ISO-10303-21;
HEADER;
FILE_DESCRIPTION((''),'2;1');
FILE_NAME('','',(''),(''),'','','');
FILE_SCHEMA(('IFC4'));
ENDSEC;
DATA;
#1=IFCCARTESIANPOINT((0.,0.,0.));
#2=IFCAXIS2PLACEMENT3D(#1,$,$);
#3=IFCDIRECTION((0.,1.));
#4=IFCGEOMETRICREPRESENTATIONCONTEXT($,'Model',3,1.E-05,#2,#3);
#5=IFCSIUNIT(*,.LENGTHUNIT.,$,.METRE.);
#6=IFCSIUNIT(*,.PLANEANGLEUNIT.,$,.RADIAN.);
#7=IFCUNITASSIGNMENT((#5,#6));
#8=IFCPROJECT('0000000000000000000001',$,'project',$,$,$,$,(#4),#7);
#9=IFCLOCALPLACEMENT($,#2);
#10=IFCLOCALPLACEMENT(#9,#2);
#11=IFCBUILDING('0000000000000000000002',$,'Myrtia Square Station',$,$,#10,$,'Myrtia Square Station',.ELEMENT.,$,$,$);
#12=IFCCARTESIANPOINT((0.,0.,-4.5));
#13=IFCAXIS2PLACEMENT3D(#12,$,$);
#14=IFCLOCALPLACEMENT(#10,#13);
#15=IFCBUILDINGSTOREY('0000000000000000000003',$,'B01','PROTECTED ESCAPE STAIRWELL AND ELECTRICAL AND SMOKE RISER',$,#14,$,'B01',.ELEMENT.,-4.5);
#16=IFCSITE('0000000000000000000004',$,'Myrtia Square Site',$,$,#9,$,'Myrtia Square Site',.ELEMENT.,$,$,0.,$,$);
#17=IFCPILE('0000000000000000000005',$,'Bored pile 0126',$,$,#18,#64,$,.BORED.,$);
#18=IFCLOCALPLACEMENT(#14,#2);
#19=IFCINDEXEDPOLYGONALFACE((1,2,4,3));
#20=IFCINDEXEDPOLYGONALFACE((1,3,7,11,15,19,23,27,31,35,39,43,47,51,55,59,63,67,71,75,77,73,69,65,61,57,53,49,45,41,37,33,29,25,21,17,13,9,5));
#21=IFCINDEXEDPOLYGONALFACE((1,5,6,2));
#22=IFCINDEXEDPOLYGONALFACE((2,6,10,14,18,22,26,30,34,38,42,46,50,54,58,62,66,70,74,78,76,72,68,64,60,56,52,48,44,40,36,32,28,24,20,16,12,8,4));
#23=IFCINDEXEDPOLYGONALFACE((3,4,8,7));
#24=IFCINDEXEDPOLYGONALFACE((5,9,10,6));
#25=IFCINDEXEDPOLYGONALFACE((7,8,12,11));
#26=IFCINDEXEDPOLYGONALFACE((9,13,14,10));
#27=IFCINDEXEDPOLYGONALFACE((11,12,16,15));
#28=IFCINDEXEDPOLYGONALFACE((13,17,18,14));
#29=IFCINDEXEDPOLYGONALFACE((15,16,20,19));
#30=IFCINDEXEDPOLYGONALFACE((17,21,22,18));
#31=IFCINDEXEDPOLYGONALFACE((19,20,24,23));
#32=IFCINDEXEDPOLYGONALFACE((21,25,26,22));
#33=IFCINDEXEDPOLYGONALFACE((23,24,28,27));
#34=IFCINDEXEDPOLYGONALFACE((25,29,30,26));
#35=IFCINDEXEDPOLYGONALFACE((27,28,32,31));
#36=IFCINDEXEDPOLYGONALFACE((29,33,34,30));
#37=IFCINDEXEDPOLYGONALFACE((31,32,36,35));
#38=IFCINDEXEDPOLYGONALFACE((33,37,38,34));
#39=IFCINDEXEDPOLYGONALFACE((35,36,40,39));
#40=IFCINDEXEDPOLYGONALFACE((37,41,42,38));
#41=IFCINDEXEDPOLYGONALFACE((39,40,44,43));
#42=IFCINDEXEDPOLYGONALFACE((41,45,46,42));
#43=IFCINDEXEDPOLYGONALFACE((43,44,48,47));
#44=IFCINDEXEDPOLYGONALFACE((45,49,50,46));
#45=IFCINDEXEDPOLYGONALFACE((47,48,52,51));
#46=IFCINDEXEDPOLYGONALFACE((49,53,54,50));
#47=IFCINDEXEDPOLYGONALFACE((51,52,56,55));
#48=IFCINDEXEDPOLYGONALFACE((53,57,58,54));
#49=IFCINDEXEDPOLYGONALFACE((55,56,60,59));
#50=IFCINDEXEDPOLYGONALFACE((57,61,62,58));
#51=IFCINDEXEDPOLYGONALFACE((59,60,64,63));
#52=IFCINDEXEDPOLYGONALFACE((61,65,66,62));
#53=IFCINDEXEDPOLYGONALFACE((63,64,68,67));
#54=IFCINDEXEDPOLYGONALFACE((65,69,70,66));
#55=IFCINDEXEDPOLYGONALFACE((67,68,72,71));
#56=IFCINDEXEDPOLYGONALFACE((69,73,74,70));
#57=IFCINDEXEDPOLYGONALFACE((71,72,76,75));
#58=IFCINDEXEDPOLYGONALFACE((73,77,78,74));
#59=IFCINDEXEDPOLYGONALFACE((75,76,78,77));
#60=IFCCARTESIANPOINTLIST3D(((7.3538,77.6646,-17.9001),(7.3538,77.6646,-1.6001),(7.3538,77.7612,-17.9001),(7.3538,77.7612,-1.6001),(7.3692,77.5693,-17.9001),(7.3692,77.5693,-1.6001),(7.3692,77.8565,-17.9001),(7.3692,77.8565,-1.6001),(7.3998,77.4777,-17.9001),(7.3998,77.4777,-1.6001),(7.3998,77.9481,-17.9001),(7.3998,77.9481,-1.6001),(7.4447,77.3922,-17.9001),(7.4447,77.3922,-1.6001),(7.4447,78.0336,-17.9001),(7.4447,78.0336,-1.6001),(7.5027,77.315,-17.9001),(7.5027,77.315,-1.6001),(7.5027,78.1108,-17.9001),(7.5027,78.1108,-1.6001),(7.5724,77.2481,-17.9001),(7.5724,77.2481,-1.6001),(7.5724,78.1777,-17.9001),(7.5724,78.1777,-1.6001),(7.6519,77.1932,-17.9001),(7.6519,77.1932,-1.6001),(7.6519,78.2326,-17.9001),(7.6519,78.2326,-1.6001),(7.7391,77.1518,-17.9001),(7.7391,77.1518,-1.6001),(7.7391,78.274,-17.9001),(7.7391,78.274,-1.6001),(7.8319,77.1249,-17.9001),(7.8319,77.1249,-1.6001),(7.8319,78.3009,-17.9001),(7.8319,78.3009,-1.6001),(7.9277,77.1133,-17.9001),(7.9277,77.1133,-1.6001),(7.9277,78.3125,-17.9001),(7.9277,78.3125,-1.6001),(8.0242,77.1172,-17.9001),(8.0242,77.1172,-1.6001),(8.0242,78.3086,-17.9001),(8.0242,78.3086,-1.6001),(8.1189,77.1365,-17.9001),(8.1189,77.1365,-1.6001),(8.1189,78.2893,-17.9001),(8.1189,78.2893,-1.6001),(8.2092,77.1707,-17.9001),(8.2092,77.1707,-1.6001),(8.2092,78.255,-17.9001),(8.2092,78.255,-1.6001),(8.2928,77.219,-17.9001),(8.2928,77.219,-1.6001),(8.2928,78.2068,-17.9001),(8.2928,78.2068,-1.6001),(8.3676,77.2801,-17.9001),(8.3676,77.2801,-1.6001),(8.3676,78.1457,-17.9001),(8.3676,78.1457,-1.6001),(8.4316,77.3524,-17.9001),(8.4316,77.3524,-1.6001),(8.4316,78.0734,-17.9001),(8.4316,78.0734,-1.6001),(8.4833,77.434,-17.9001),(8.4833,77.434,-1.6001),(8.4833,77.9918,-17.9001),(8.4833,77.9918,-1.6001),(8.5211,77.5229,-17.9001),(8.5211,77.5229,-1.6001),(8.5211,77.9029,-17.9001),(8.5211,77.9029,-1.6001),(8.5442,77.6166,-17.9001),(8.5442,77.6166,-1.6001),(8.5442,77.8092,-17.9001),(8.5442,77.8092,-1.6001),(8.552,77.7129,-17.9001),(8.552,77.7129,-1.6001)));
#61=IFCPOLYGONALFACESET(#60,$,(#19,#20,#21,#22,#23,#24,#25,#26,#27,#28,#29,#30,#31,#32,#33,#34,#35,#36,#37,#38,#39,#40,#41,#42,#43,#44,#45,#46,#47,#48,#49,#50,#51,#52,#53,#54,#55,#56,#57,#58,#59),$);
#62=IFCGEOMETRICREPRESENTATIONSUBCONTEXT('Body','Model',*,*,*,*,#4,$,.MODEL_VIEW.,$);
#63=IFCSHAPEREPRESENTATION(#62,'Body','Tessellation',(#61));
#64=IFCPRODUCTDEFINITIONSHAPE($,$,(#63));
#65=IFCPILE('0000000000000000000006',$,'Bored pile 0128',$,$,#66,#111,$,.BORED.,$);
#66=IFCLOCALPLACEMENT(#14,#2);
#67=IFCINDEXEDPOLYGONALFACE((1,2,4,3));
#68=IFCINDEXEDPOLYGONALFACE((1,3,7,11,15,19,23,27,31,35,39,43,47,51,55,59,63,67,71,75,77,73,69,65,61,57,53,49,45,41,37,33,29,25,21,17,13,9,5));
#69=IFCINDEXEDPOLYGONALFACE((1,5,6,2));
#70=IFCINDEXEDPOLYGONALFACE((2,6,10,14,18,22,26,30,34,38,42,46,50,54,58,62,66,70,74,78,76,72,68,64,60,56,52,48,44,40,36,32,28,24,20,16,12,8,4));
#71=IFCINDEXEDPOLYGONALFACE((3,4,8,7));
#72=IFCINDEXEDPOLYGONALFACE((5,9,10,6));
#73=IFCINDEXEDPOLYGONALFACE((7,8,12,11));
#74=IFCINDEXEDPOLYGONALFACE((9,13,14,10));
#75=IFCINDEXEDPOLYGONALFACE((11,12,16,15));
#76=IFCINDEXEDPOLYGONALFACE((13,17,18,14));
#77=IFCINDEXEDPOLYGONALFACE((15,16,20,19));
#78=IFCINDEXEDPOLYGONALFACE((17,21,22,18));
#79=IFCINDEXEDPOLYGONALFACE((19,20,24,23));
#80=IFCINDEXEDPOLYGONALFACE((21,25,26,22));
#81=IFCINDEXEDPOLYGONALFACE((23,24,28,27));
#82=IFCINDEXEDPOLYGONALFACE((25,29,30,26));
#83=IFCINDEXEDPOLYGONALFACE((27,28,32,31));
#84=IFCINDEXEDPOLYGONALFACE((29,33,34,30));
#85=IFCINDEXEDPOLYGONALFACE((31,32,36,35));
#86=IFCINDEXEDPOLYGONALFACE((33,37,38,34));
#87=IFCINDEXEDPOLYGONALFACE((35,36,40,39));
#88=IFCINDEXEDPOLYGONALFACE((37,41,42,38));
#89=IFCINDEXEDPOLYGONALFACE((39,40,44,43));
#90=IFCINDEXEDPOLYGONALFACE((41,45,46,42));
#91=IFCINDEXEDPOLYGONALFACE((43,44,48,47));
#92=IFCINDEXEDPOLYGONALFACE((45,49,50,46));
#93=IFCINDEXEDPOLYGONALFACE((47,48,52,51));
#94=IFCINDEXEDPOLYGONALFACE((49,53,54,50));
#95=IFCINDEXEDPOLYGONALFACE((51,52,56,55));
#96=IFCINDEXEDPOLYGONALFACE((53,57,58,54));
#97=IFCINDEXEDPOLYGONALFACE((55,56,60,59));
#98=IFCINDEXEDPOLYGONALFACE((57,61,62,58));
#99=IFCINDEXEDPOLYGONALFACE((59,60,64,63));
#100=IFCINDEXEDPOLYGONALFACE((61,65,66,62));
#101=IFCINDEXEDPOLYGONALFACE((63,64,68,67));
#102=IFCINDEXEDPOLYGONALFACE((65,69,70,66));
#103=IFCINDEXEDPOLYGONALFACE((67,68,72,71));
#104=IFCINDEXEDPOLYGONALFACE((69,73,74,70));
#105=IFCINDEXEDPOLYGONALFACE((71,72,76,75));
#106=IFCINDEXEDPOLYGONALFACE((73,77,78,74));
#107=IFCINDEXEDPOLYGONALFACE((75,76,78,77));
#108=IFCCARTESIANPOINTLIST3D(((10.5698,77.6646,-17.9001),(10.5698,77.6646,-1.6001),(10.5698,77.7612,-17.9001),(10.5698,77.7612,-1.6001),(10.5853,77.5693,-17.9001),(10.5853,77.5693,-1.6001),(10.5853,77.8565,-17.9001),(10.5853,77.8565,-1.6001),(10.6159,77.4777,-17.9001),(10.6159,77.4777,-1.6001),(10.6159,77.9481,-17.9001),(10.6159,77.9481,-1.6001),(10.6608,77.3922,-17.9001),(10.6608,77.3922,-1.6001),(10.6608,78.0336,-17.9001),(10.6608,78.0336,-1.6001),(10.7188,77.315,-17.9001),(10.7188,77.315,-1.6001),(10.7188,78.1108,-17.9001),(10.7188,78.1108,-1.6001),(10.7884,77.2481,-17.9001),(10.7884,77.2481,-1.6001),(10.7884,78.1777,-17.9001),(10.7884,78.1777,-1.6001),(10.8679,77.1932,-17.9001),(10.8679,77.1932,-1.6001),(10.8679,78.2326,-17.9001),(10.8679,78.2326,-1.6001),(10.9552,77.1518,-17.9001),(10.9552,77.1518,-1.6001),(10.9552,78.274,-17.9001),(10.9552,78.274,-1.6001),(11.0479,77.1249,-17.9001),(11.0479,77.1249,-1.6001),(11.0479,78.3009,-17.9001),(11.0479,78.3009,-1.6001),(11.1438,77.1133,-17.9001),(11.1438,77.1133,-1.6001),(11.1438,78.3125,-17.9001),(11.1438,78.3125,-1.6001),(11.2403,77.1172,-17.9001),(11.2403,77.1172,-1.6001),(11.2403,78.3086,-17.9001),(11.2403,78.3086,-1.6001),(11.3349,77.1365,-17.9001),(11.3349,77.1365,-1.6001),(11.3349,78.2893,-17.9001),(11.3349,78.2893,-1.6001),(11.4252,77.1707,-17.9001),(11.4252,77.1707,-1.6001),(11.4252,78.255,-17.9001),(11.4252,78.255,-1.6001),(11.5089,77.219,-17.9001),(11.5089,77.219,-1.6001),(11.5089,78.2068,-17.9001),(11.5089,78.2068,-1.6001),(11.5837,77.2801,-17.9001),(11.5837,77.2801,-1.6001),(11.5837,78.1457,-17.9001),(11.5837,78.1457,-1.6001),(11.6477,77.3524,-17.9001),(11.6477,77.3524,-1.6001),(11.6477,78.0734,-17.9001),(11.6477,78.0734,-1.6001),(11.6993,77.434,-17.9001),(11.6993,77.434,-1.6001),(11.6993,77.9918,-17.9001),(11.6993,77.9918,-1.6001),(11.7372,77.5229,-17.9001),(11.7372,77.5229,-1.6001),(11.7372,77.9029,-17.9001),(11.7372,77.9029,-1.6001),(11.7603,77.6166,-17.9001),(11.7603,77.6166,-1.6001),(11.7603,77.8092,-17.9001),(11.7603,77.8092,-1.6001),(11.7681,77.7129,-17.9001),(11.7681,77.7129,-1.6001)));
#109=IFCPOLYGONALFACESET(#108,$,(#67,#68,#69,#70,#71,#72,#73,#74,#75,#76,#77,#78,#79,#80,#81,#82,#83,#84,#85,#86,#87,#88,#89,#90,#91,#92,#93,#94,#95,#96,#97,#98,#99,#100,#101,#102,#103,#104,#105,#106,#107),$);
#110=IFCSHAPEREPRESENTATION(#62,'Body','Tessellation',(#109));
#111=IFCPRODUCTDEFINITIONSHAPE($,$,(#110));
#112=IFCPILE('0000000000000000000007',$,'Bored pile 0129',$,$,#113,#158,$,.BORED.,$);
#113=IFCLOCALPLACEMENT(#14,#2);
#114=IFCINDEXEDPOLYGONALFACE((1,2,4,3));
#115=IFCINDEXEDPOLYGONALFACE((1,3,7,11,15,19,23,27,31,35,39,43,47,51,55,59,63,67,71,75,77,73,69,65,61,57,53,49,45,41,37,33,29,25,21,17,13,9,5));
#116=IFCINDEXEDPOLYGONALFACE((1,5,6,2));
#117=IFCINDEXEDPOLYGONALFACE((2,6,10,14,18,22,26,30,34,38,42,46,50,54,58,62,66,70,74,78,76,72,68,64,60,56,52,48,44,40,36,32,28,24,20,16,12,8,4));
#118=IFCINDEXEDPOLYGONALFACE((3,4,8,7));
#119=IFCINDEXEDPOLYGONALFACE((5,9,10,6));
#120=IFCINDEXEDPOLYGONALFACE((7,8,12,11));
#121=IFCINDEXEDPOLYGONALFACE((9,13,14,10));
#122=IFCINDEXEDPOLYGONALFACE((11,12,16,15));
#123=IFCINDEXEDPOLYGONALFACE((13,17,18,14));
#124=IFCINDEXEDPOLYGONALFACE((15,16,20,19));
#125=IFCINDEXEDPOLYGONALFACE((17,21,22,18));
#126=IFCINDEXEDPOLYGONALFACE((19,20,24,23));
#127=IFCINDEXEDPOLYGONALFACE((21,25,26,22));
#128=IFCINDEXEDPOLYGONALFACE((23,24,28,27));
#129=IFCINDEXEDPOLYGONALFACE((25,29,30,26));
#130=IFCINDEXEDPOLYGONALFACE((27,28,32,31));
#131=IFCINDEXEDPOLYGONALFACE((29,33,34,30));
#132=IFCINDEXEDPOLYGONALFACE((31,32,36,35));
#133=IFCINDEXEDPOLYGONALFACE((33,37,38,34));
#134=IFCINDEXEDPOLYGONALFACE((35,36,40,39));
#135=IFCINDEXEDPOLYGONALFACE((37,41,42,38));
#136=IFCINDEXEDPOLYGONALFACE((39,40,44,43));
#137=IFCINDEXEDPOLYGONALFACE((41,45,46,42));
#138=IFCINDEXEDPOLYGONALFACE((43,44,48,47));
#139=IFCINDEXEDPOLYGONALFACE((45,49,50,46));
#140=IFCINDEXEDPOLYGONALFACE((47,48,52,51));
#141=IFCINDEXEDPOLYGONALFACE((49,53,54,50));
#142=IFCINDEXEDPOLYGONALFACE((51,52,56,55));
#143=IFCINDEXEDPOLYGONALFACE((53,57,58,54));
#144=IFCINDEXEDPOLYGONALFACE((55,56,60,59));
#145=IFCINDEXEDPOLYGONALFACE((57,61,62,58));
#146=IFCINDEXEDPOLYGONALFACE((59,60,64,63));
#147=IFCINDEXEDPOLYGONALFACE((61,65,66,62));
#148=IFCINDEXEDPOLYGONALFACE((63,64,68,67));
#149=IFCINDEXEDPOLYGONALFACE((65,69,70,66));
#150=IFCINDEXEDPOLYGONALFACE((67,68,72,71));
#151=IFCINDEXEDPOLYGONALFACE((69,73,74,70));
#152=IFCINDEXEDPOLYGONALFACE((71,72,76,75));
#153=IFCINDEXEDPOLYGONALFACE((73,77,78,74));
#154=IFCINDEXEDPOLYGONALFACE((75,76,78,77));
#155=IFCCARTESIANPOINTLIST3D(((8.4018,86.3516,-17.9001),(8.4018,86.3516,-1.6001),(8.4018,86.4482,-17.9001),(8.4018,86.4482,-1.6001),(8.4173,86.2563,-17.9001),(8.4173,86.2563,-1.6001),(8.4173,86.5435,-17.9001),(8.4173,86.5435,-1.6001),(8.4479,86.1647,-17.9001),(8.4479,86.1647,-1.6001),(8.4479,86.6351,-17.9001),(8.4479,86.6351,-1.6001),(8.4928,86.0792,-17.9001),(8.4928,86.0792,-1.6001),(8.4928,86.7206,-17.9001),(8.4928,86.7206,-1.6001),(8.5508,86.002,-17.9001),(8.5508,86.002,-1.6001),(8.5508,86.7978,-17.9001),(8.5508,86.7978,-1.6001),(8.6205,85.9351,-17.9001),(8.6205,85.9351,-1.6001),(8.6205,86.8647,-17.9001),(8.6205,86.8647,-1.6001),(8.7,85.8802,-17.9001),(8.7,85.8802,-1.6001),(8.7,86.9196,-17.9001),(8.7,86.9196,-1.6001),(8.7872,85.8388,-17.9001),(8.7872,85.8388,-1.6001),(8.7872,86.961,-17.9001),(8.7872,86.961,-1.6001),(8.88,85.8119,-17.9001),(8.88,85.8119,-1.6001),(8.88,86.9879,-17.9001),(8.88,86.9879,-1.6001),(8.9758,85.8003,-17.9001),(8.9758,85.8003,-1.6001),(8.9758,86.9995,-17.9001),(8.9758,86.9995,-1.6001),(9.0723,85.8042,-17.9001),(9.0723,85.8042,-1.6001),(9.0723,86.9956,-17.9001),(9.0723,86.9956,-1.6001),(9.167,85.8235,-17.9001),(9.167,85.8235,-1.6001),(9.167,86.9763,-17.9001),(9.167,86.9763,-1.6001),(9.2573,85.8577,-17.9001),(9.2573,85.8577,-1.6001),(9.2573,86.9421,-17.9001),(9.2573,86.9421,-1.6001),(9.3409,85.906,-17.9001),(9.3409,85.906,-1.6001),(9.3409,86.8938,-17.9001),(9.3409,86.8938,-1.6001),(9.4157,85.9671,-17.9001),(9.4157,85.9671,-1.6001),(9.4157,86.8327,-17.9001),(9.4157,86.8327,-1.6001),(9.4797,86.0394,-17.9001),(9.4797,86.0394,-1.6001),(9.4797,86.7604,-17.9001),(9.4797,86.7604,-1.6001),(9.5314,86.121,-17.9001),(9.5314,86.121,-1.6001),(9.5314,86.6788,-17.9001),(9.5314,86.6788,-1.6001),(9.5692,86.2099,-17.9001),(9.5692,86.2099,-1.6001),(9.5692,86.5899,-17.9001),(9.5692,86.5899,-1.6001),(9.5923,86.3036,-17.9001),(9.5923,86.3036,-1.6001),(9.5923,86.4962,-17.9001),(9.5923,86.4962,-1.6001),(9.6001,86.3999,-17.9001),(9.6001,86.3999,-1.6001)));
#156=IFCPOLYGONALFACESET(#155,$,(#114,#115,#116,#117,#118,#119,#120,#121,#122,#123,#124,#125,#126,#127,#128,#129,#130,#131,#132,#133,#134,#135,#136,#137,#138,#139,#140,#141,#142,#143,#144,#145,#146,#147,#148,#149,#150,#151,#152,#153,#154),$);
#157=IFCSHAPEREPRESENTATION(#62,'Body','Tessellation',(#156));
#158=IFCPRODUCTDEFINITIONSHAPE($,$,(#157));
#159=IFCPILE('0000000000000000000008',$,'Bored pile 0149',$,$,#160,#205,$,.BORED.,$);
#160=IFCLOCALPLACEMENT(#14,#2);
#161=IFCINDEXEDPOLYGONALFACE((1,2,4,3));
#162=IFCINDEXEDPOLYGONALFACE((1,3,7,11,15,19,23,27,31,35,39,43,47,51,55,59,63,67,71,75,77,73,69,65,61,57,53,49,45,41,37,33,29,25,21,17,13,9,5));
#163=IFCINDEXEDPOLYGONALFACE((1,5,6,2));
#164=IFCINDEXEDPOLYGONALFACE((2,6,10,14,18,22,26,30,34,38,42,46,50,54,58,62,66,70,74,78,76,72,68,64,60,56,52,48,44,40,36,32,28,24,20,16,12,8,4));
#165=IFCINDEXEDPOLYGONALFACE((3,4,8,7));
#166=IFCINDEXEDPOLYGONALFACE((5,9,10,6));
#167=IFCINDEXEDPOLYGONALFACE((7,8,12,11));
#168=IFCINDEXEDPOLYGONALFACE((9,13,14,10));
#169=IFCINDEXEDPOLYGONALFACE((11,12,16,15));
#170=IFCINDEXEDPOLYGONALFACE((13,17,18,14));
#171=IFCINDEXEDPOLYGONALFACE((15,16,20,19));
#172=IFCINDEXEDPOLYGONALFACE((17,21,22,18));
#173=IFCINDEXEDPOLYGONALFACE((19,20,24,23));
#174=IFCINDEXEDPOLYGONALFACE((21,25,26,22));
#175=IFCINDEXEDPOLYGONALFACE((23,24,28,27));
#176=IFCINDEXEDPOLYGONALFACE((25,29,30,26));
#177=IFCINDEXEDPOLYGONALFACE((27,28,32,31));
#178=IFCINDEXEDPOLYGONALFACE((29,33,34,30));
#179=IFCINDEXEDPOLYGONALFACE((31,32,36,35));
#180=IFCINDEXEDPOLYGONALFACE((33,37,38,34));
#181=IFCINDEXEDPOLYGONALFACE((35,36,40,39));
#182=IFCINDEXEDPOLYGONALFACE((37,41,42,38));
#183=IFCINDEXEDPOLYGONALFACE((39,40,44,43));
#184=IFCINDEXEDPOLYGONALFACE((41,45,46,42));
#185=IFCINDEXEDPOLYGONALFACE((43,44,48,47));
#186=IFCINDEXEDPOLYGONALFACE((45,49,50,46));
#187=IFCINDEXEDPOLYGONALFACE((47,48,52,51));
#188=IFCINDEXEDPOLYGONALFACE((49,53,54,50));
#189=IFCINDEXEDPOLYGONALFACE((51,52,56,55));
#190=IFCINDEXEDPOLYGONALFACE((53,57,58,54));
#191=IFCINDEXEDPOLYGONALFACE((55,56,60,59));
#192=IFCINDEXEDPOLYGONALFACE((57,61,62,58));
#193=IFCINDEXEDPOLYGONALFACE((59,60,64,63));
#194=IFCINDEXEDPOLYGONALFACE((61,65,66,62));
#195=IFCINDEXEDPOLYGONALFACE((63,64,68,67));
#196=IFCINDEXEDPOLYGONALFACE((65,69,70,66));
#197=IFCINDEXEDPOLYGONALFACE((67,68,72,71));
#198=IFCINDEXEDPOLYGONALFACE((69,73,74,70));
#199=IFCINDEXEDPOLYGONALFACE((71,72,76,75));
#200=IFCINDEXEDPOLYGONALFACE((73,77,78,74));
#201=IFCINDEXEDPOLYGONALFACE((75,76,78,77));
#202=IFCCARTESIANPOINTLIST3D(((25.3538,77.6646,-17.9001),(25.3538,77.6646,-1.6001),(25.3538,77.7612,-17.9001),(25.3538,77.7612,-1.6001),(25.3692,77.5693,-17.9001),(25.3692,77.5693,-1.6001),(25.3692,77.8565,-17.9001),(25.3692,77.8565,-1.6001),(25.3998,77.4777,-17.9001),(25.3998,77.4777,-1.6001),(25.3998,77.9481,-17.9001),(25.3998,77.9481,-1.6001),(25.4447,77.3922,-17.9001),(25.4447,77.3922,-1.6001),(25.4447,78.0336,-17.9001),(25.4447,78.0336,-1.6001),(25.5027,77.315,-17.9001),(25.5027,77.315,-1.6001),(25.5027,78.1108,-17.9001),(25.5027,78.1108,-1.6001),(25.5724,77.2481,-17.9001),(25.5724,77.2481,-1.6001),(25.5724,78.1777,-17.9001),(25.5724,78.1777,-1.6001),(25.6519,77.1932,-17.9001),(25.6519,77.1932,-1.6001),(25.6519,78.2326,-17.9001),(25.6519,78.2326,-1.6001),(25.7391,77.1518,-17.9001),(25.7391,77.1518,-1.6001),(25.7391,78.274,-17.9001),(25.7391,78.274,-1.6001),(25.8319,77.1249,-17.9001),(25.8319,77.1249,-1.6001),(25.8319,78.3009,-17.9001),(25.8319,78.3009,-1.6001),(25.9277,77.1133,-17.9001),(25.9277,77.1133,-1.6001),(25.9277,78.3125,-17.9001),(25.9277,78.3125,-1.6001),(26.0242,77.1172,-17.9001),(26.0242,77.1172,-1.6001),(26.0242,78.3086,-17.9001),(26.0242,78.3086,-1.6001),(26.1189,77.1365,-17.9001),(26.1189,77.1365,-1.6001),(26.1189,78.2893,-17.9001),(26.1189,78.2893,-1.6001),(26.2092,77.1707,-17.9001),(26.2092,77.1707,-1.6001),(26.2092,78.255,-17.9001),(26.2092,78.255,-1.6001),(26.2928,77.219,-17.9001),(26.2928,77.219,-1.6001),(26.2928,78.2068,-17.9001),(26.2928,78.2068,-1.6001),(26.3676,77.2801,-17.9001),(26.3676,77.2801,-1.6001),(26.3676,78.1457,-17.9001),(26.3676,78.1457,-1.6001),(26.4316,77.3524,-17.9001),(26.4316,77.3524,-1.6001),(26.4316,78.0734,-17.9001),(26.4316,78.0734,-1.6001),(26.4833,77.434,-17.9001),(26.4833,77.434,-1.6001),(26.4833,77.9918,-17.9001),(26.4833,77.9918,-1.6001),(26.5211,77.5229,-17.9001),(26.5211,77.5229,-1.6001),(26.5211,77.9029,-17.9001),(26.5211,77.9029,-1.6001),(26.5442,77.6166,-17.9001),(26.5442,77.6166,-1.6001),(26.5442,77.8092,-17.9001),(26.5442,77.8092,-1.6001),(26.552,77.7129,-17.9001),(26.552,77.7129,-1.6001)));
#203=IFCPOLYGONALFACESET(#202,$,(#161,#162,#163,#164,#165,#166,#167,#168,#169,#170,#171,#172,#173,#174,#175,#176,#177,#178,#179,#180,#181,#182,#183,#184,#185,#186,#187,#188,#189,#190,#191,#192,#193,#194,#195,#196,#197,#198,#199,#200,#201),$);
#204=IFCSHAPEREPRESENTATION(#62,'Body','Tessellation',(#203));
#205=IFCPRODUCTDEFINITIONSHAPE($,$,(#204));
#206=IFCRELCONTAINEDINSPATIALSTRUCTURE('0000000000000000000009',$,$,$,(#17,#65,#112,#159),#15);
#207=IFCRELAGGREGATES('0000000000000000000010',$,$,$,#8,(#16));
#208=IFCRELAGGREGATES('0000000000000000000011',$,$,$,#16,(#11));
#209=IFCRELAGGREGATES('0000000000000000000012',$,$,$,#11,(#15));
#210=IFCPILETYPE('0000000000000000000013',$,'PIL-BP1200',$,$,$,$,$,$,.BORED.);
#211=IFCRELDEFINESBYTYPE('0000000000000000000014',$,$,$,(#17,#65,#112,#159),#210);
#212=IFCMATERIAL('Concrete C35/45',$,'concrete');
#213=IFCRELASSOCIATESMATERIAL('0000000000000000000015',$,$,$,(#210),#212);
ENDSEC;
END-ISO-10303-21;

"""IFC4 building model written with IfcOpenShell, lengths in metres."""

from ifc_helpers import new_model, si_unit, direction, frame, origin, origin_2d, place, context, subcontext, project, spatial, circle, extrude, material, material_profile, profile_set, type_object, element, save


model = new_model("IFC4")

# Units and contexts
model_context = context("Model", 3, precision=1e-05, world=origin(), true_north=direction((0.0, 1.0)))
body_context = subcontext(model_context, "Body", "Model", "MODEL_VIEW")
ifc_project = project(units=[si_unit("LENGTHUNIT", "METRE"), si_unit("PLANEANGLEUNIT", "RADIAN")], contexts=[model_context])

# Site, building, storey
site_placement = place(None, origin())
site = spatial("IfcSite", under=ifc_project, at=site_placement, Name="Myrtia Square Site", LongName="Myrtia Square Site", CompositionType="ELEMENT", RefElevation=0.0)
building_placement = place(site_placement, origin())
building = spatial("IfcBuilding", under=site, at=building_placement, Name="Myrtia Square Station", LongName="Myrtia Square Station", CompositionType="ELEMENT")
storey_placement = place(building_placement, frame((0.0, 0.0, -4.5)))
storey = spatial("IfcBuildingStorey", under=building, at=storey_placement, Name="B01", Description="PROTECTED ESCAPE STAIRWELL AND ELECTRICAL AND SMOKE RISER", LongName="B01", CompositionType="ELEMENT", Elevation=-4.5)

# Shared definitions
ifc_material_1 = material(Name="Concrete C35/45", Category="concrete")

# Piles
ifc_material_profile_1 = material_profile(ifc_material_1, circle(Radius=0.6001, at=origin_2d()), Name="BP D1200")
ifc_profile_set_1 = profile_set([ifc_material_profile_1], Name="Concrete C35/45")
pile_type_1 = type_object("IfcPileType", Name="PIL-BP1200", PredefinedType="BORED", material=ifc_profile_set_1)
for number, where, z_axis, x_axis, name in (
    (1, (7.9519, 77.7129, -1.6001), (0.0, 0.0, -1.0), (1.0, 0.0, 0.0), "Bored pile 0126"),
    (2, (11.168, 77.7129, -1.6001), (0.0, 0.0, -1.0), (1.0, 0.0, 0.0), "Bored pile 0128"),
    (3, (9.0, 86.3999, -1.6001), (0.0, 0.0, -1.0), (1.0, 0.0, 0.0), "Bored pile 0129"),
    (4, (25.9519, 77.7129, -1.6001), (0.0, 0.0, -1.0), (1.0, 0.0, 0.0), "Bored pile 0149"),
):
    element("IfcPile", number, at=place(storey_placement, frame(where, z_axis=z_axis, x_axis=x_axis)), inside=storey, type_object=pile_type_1, Name=name, PredefinedType="BORED", context=body_context, shape_type="SweptSolid", body=[
        extrude(circle(Radius=0.6001, at=origin_2d()), origin(), (0.0, 0.0, 1.0), 16.3),
    ])

save(model, "model.ifc")
